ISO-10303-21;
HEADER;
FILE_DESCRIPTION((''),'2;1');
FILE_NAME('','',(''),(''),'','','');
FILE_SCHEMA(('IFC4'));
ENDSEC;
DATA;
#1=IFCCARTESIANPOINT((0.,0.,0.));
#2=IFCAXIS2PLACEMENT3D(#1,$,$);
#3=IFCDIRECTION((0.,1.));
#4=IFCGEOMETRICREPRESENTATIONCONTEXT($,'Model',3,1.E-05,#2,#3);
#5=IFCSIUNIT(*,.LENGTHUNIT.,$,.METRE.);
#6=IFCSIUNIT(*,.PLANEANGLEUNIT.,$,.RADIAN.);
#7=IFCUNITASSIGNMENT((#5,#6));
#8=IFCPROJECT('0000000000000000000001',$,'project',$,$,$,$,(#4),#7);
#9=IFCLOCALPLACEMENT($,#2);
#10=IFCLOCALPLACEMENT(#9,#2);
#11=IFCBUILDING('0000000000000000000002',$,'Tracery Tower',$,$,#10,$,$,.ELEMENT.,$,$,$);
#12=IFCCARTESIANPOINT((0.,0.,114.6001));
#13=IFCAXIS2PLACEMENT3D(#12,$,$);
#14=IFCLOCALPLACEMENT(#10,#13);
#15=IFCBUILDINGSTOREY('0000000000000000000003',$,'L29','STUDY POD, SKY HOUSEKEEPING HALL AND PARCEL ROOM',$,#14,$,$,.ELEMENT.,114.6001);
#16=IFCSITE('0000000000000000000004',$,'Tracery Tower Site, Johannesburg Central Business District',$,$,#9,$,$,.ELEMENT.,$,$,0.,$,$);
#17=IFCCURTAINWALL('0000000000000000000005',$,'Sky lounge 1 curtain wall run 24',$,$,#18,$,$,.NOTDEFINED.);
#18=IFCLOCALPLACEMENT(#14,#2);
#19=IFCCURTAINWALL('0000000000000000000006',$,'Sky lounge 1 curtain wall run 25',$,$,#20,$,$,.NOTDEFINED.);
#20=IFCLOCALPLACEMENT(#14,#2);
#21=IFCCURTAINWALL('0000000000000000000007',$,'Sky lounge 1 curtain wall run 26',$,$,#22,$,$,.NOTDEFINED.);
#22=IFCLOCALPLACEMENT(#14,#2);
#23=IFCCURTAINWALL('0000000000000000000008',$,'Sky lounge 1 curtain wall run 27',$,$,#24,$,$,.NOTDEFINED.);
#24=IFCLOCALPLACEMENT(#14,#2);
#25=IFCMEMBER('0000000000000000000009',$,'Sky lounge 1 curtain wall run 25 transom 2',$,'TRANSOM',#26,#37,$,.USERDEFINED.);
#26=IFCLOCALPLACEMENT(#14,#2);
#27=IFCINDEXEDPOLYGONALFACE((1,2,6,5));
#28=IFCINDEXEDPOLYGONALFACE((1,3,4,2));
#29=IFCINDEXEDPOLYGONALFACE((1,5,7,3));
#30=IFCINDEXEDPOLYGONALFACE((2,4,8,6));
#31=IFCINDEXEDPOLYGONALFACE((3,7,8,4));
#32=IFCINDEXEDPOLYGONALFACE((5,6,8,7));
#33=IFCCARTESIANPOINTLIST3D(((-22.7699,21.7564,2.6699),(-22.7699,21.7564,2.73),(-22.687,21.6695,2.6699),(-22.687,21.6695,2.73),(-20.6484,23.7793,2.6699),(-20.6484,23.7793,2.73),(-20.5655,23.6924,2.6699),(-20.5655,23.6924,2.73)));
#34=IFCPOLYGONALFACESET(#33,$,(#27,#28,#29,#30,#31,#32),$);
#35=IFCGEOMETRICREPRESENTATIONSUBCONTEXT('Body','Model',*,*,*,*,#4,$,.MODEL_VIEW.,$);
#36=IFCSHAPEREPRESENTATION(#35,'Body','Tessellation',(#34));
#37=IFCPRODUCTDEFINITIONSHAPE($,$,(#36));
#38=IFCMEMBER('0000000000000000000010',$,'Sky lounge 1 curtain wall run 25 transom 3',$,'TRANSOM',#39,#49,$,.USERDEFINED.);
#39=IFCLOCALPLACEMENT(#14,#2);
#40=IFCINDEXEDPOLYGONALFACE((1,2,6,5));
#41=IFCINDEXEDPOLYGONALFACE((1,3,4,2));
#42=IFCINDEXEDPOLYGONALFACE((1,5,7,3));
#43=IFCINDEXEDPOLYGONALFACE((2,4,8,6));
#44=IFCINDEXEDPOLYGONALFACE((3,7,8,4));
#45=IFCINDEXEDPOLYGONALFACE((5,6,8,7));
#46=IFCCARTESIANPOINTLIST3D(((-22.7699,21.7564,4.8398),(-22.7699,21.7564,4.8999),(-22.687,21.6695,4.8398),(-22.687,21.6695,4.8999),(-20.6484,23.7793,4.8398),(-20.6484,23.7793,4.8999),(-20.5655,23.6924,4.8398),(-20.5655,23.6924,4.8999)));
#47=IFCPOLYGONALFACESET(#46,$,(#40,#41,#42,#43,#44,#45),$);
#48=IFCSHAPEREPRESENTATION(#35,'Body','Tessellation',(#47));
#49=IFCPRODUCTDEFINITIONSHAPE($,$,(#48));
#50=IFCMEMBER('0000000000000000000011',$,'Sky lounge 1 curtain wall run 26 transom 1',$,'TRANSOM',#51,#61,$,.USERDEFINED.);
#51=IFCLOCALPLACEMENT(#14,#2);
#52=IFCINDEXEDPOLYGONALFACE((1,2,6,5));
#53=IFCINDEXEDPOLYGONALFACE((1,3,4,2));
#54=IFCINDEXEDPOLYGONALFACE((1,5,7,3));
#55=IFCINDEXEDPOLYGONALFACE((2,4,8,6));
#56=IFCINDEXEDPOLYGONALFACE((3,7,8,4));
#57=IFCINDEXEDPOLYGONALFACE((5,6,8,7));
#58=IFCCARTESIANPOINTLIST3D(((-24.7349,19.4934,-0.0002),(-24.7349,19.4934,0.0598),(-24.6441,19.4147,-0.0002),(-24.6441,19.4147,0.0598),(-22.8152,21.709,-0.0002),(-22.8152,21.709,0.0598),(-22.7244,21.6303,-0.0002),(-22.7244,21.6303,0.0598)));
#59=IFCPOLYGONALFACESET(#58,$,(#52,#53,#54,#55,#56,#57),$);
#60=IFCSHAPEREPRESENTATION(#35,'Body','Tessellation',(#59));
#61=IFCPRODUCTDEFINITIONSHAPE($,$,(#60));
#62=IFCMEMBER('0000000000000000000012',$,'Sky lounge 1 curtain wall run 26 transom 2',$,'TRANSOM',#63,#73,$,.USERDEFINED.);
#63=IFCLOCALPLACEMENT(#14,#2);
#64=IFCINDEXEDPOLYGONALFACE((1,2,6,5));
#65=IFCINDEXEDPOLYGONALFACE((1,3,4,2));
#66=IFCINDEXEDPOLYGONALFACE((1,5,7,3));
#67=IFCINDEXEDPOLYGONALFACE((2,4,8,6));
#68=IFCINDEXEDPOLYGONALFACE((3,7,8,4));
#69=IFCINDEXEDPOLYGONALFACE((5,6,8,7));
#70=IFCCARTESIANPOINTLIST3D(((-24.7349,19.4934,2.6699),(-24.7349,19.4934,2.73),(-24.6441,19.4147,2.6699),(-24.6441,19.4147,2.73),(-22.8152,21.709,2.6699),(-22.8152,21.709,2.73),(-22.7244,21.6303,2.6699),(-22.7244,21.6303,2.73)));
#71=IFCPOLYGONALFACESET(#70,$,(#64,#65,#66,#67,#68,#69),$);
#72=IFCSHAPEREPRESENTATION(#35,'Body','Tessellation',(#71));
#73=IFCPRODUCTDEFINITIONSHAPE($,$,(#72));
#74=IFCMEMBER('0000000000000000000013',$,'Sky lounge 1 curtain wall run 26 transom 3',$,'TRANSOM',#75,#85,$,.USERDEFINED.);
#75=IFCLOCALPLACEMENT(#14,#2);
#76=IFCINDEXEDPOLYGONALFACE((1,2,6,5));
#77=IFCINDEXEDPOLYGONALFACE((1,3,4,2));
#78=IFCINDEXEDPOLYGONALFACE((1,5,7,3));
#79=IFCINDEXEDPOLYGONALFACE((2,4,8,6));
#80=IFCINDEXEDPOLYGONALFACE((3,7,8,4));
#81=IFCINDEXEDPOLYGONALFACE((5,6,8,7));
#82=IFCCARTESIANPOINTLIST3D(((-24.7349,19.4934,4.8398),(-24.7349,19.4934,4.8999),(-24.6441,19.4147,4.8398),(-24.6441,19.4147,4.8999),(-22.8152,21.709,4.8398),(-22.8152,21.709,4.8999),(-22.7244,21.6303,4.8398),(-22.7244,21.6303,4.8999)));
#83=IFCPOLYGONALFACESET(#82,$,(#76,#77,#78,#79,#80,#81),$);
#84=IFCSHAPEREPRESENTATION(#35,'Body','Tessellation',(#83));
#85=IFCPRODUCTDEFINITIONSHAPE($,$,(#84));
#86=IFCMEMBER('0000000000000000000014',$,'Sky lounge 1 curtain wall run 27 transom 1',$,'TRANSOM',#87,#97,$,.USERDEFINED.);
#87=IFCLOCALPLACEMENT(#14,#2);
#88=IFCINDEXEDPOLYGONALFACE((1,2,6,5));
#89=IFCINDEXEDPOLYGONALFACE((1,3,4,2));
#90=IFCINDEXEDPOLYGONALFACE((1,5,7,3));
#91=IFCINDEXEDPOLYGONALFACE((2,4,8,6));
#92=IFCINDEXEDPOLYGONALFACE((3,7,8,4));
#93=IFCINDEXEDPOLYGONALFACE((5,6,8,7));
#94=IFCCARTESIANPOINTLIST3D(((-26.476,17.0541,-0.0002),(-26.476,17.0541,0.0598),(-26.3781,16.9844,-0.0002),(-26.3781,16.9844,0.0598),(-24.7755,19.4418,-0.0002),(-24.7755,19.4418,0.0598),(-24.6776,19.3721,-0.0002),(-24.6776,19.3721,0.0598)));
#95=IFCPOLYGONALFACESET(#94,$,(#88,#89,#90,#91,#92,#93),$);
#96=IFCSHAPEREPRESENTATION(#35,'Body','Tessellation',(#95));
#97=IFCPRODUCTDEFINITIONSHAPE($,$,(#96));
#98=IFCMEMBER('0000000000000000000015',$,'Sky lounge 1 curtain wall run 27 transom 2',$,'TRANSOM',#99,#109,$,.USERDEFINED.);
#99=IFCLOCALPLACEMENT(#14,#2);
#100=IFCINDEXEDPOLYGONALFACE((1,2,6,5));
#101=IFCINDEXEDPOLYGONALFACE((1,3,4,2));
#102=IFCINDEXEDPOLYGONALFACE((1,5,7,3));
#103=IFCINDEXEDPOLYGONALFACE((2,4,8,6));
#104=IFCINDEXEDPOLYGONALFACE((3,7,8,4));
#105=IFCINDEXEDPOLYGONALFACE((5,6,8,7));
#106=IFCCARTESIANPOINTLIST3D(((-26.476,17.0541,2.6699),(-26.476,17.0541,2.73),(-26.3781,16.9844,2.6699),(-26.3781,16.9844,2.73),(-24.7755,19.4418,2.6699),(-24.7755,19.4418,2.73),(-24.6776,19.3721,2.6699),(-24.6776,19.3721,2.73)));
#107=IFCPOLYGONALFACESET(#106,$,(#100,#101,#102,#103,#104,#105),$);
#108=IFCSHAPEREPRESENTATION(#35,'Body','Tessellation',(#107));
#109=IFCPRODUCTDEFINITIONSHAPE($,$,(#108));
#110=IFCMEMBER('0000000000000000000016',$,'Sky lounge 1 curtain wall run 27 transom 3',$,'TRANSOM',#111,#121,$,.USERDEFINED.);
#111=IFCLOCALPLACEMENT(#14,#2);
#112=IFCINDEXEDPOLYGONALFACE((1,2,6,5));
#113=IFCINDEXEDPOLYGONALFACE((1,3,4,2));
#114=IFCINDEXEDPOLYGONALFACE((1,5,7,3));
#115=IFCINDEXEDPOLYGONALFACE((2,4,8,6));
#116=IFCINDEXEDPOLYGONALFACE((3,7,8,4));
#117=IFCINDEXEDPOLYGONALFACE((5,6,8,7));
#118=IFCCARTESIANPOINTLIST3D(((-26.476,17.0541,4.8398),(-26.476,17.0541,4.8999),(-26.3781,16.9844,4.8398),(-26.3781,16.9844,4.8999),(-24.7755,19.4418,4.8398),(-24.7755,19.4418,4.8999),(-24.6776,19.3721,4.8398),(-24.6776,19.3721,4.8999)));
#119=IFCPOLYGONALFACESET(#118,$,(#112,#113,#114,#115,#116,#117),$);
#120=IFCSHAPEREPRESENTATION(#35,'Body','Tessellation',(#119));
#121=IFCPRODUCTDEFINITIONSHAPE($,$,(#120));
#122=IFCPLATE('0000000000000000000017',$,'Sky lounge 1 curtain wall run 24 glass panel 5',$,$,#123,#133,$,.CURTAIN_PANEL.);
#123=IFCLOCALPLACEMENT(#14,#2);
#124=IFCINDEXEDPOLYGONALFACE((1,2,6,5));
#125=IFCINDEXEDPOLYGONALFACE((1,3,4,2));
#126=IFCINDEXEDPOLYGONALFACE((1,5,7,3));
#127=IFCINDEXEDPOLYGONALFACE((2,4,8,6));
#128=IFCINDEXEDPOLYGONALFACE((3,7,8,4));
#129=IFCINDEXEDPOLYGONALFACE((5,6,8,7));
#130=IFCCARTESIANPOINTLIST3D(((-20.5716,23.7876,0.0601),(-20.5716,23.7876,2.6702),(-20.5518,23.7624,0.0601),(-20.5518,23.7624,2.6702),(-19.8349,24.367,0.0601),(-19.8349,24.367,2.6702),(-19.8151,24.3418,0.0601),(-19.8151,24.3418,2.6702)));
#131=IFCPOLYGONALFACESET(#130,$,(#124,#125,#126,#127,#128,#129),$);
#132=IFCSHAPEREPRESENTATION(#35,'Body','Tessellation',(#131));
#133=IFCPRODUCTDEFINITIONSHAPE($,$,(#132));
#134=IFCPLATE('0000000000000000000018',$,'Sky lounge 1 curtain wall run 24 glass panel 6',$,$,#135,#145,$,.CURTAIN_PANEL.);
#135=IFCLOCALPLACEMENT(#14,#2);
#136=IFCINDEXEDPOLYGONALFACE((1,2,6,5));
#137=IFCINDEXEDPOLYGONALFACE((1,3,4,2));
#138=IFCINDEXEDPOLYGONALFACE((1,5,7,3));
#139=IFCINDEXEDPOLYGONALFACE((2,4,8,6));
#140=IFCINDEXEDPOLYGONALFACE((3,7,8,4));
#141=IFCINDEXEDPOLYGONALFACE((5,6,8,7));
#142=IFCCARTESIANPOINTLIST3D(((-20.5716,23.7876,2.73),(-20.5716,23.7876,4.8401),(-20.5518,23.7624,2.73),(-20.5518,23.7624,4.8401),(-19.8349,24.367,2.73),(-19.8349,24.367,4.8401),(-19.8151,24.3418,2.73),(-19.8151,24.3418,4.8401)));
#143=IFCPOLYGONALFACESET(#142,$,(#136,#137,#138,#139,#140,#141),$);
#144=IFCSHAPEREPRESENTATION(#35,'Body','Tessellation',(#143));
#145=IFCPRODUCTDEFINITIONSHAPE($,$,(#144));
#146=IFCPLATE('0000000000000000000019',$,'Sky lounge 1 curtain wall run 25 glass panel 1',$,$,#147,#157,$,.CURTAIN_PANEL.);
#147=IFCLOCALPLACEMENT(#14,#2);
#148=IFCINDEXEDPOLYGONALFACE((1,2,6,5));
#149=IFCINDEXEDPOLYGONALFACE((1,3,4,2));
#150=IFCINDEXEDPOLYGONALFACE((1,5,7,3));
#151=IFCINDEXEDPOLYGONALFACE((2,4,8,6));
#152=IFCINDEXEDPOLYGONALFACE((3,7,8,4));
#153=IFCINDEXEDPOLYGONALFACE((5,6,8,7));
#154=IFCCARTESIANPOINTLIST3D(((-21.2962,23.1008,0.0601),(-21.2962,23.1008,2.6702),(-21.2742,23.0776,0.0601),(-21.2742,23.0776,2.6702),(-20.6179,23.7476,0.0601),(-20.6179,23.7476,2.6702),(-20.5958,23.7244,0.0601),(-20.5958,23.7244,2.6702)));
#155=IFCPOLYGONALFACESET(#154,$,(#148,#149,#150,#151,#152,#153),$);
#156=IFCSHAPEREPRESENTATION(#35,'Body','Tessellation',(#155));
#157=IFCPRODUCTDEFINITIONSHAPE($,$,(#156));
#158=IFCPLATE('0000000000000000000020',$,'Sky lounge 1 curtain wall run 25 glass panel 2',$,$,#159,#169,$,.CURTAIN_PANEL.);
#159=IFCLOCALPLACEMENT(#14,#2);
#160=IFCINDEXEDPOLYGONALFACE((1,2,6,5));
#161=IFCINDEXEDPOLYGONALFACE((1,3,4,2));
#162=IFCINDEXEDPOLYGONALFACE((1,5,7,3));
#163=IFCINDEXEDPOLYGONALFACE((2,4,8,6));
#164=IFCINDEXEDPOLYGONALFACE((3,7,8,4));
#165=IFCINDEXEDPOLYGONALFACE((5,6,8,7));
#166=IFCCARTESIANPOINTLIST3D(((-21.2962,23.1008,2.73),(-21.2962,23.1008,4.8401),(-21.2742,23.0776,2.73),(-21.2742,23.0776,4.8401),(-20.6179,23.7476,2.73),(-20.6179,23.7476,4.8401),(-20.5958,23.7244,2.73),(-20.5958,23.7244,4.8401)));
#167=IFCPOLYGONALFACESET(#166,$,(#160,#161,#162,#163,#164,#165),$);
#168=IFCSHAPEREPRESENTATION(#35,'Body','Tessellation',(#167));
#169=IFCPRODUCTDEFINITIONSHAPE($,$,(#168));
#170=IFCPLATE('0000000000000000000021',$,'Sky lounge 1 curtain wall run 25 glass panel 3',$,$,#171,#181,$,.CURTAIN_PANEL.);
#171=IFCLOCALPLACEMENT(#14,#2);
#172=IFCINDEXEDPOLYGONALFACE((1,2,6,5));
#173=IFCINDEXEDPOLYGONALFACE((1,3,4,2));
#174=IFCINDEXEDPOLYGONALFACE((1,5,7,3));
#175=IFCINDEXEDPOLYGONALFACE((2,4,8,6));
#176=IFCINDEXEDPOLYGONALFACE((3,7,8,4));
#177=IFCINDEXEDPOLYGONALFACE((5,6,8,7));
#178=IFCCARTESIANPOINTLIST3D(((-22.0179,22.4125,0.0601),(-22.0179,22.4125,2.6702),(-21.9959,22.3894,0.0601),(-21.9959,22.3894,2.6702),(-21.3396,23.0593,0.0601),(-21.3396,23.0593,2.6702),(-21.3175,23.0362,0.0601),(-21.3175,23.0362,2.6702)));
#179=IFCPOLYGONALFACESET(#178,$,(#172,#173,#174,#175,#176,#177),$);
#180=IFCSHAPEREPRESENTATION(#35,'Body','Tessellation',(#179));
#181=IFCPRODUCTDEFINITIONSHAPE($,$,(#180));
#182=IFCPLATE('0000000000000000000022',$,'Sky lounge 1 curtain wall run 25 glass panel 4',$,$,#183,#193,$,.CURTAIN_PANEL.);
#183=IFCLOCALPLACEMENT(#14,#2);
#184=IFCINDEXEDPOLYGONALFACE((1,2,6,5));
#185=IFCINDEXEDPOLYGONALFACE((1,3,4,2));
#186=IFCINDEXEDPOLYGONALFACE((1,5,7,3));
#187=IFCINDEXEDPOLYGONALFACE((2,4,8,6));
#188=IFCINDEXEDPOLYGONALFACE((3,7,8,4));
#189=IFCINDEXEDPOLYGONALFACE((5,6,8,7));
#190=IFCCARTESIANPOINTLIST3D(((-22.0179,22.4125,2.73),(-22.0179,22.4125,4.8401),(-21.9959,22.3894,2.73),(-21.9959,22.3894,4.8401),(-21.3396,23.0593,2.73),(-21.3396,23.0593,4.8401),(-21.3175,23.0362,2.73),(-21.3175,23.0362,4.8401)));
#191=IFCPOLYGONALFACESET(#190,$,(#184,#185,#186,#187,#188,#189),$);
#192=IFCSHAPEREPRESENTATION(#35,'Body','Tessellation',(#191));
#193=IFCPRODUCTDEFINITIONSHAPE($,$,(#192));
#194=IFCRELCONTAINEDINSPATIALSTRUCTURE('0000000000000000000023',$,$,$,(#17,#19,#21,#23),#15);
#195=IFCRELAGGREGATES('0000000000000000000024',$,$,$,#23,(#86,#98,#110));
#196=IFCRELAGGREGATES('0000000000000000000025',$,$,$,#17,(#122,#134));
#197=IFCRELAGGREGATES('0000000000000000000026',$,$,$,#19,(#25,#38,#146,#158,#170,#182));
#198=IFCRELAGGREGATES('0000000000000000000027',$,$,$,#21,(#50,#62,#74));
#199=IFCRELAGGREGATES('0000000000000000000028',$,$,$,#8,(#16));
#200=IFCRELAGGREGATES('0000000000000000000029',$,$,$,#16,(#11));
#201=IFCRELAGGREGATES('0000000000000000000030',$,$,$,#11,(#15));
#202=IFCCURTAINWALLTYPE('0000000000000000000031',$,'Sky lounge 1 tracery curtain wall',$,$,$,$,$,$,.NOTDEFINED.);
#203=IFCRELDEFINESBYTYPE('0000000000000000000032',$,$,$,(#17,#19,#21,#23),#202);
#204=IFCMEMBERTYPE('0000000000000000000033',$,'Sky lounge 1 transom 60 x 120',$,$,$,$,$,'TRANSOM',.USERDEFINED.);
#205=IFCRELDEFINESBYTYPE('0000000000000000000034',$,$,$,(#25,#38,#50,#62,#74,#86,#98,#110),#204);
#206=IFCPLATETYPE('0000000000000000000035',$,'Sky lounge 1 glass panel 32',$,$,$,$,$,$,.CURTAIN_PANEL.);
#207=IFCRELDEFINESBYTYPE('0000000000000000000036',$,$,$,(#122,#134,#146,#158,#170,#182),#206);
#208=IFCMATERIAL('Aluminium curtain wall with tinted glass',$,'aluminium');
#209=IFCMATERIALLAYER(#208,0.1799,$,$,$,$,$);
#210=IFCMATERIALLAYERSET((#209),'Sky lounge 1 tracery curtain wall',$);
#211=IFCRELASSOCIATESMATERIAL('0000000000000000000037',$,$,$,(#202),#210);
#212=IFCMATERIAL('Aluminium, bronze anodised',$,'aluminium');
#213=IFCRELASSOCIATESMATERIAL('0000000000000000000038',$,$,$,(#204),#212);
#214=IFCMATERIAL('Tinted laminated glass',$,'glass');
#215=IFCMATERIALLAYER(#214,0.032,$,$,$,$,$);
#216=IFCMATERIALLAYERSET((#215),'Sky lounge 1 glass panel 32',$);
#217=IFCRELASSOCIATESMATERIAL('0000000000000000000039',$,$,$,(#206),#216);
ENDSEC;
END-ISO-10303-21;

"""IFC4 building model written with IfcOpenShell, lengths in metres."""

from ifc_helpers import new_model, si_unit, direction, frame, origin, origin_2d, place, context, subcontext, project, spatial, rectangle, extrude, material, layer, layer_set, material_profile, profile_set, type_object, element, aggregate, save


model = new_model("IFC4")

# Units and contexts
model_context = context("Model", 3, precision=1e-05, world=origin(), true_north=direction((0.0, 1.0)))
body_context = subcontext(model_context, "Body", "Model", "MODEL_VIEW")
ifc_project = project(units=[si_unit("LENGTHUNIT", "METRE"), si_unit("PLANEANGLEUNIT", "RADIAN")], contexts=[model_context])

# Site, building, storey
site_placement = place(None, origin())
site = spatial("IfcSite", under=ifc_project, at=site_placement, Name="Tracery Tower Site, Johannesburg Central Business District", CompositionType="ELEMENT", RefElevation=0.0)
building_placement = place(site_placement, origin())
building = spatial("IfcBuilding", under=site, at=building_placement, Name="Tracery Tower", CompositionType="ELEMENT")
storey_placement = place(building_placement, frame((0.0, 0.0, 114.6001)))
storey = spatial("IfcBuildingStorey", under=building, at=storey_placement, Name="L29", Description="STUDY POD, SKY HOUSEKEEPING HALL AND PARCEL ROOM", CompositionType="ELEMENT", Elevation=114.6001)

# Curtain wall
ifc_material_1 = material(Name="Aluminium curtain wall with tinted glass", Category="aluminium")
ifc_layer_1 = layer(ifc_material_1, 0.1799)
ifc_layer_set_1 = layer_set([ifc_layer_1], Name="Sky lounge 1 tracery curtain wall")
curtain_wall_type = type_object("IfcCurtainWallType", Name="Sky lounge 1 tracery curtain wall", PredefinedType="NOTDEFINED", material=ifc_layer_set_1)
curtain_wall_1_placement = place(storey_placement, origin())
curtain_wall_1 = element("IfcCurtainWall", 1, at=curtain_wall_1_placement, inside=storey, type_object=curtain_wall_type, Name="Sky lounge 1 curtain wall run 24", PredefinedType="NOTDEFINED")

# Curtain walls
curtain_wall_2_placement = place(storey_placement, origin())
curtain_wall_2 = element("IfcCurtainWall", 2, at=curtain_wall_2_placement, inside=storey, type_object=curtain_wall_type, Name="Sky lounge 1 curtain wall run 25", PredefinedType="NOTDEFINED")
curtain_wall_3_placement = place(storey_placement, origin())
curtain_wall_3 = element("IfcCurtainWall", 3, at=curtain_wall_3_placement, inside=storey, type_object=curtain_wall_type, Name="Sky lounge 1 curtain wall run 26", PredefinedType="NOTDEFINED")

# Curtain wall
curtain_wall_4_placement = place(storey_placement, origin())
curtain_wall_4 = element("IfcCurtainWall", 4, at=curtain_wall_4_placement, inside=storey, type_object=curtain_wall_type, Name="Sky lounge 1 curtain wall run 27", PredefinedType="NOTDEFINED")

# Members
ifc_material_2 = material(Name="Aluminium, bronze anodised", Category="aluminium")
ifc_material_profile_1 = material_profile(ifc_material_2, rectangle(XDim=0.1201, YDim=0.0601, at=origin_2d()), Name="AL 60x120")
ifc_profile_set_1 = profile_set([ifc_material_profile_1], Name="Aluminium, bronze anodised")
member_type_1 = type_object("IfcMemberType", Name="Sky lounge 1 transom 60 x 120", ElementType="TRANSOM", PredefinedType="USERDEFINED", material=ifc_profile_set_1)
member_1_placement = place(storey_placement, frame((-20.6069, 23.7358, 2.7), z_axis=(-0.72373, -0.690083, 0.0), x_axis=(0.690083, -0.72373, 0.0)))
member_1 = element("IfcMember", 5, at=member_1_placement, type_object=member_type_1, Name="Sky lounge 1 curtain wall run 25 transom 2", ObjectType="TRANSOM", PredefinedType="USERDEFINED", context=body_context, shape_type="SweptSolid", body=[
    extrude(rectangle(XDim=0.1201, YDim=0.0601, at=origin_2d()), origin(), (0.0, 0.0, 1.0), 2.9314),
])
member_2_placement = place(storey_placement, frame((-20.6069, 23.7358, 4.8699), z_axis=(-0.72373, -0.690083, 0.0), x_axis=(0.690083, -0.72373, 0.0)))
member_2 = element("IfcMember", 6, at=member_2_placement, type_object=member_type_1, Name="Sky lounge 1 curtain wall run 25 transom 3", ObjectType="TRANSOM", PredefinedType="USERDEFINED", context=body_context, shape_type="SweptSolid", body=[
    extrude(rectangle(XDim=0.1201, YDim=0.0601, at=origin_2d()), origin(), (0.0, 0.0, 1.0), 2.9314),
])
member_3_placement = place(storey_placement, frame((-22.7698, 21.6697, 0.0298), z_axis=(-0.654835, -0.755772, 0.0), x_axis=(0.755772, -0.654835, 0.0)))
member_3 = element("IfcMember", 7, at=member_3_placement, type_object=member_type_1, Name="Sky lounge 1 curtain wall run 26 transom 1", ObjectType="TRANSOM", PredefinedType="USERDEFINED", context=body_context, shape_type="SweptSolid", body=[
    extrude(rectangle(XDim=0.1201, YDim=0.0601, at=origin_2d()), origin(), (0.0, 0.0, 1.0), 2.9316),
])
member_4_placement = place(storey_placement, frame((-22.7698, 21.6697, 2.7), z_axis=(-0.654835, -0.755772, 0.0), x_axis=(0.755772, -0.654835, 0.0)))
member_4 = element("IfcMember", 8, at=member_4_placement, type_object=member_type_1, Name="Sky lounge 1 curtain wall run 26 transom 2", ObjectType="TRANSOM", PredefinedType="USERDEFINED", context=body_context, shape_type="SweptSolid", body=[
    extrude(rectangle(XDim=0.1201, YDim=0.0601, at=origin_2d()), origin(), (0.0, 0.0, 1.0), 2.9316),
])
member_5_placement = place(storey_placement, frame((-22.7698, 21.6697, 4.8699), z_axis=(-0.654835, -0.755772, 0.0), x_axis=(0.755772, -0.654835, 0.0)))
member_5 = element("IfcMember", 9, at=member_5_placement, type_object=member_type_1, Name="Sky lounge 1 curtain wall run 26 transom 3", ObjectType="TRANSOM", PredefinedType="USERDEFINED", context=body_context, shape_type="SweptSolid", body=[
    extrude(rectangle(XDim=0.1201, YDim=0.0601, at=origin_2d()), origin(), (0.0, 0.0, 1.0), 2.9316),
])
member_6_placement = place(storey_placement, frame((-24.7266, 19.407, 0.0298), z_axis=(-0.580095, -0.814549, 0.0), x_axis=(0.814549, -0.580095, 0.0)))
member_6 = element("IfcMember", 10, at=member_6_placement, type_object=member_type_1, Name="Sky lounge 1 curtain wall run 27 transom 1", ObjectType="TRANSOM", PredefinedType="USERDEFINED", context=body_context, shape_type="SweptSolid", body=[
    extrude(rectangle(XDim=0.1201, YDim=0.0601, at=origin_2d()), origin(), (0.0, 0.0, 1.0), 2.9314),
])
member_7_placement = place(storey_placement, frame((-24.7266, 19.407, 2.7), z_axis=(-0.580095, -0.814549, 0.0), x_axis=(0.814549, -0.580095, 0.0)))
member_7 = element("IfcMember", 11, at=member_7_placement, type_object=member_type_1, Name="Sky lounge 1 curtain wall run 27 transom 2", ObjectType="TRANSOM", PredefinedType="USERDEFINED", context=body_context, shape_type="SweptSolid", body=[
    extrude(rectangle(XDim=0.1201, YDim=0.0601, at=origin_2d()), origin(), (0.0, 0.0, 1.0), 2.9314),
])
member_8_placement = place(storey_placement, frame((-24.7266, 19.407, 4.8699), z_axis=(-0.580095, -0.814549, 0.0), x_axis=(0.814549, -0.580095, 0.0)))
member_8 = element("IfcMember", 12, at=member_8_placement, type_object=member_type_1, Name="Sky lounge 1 curtain wall run 27 transom 3", ObjectType="TRANSOM", PredefinedType="USERDEFINED", context=body_context, shape_type="SweptSolid", body=[
    extrude(rectangle(XDim=0.1201, YDim=0.0601, at=origin_2d()), origin(), (0.0, 0.0, 1.0), 2.9314),
])
aggregate(curtain_wall_4, [member_6, member_7, member_8])

# Plates
ifc_material_3 = material(Name="Tinted laminated glass", Category="glass")
ifc_layer_2 = layer(ifc_material_3, 0.032)
ifc_layer_set_2 = layer_set([ifc_layer_2], Name="Sky lounge 1 glass panel 32")
plate_type = type_object("IfcPlateType", Name="Sky lounge 1 glass panel 32", PredefinedType="CURTAIN_PANEL", material=ifc_layer_set_2)
plate_1_placement = place(storey_placement, frame((-20.1934, 24.0647, 0.0601), z_axis=(0.0, 0.0, 1.0), x_axis=(-0.786053, -0.618159, 0.0)))
plate_1 = element("IfcPlate", 13, at=plate_1_placement, type_object=plate_type, Name="Sky lounge 1 curtain wall run 24 glass panel 5", PredefinedType="CURTAIN_PANEL", context=body_context, shape_type="SweptSolid", body=[
    extrude(rectangle(XDim=0.9373, YDim=0.032, at=origin_2d()), origin(), (0.0, 0.0, 1.0), 2.6101),
])
plate_2_placement = place(storey_placement, frame((-20.1934, 24.0647, 2.73), z_axis=(0.0, 0.0, 1.0), x_axis=(-0.786053, -0.618159, 0.0)))
plate_2 = element("IfcPlate", 14, at=plate_2_placement, type_object=plate_type, Name="Sky lounge 1 curtain wall run 24 glass panel 6", PredefinedType="CURTAIN_PANEL", context=body_context, shape_type="SweptSolid", body=[
    extrude(rectangle(XDim=0.9373, YDim=0.032, at=origin_2d()), origin(), (0.0, 0.0, 1.0), 2.1101),
])
aggregate(curtain_wall_1, [plate_1, plate_2])
plate_3_placement = place(storey_placement, frame((-20.946, 23.4126, 0.0601), z_axis=(0.0, 0.0, 1.0), x_axis=(-0.723734, -0.690079, 0.0)))
plate_3 = element("IfcPlate", 15, at=plate_3_placement, type_object=plate_type, Name="Sky lounge 1 curtain wall run 25 glass panel 1", PredefinedType="CURTAIN_PANEL", context=body_context, shape_type="SweptSolid", body=[
    extrude(rectangle(XDim=0.9373, YDim=0.032, at=origin_2d()), origin(), (0.0, 0.0, 1.0), 2.6101),
])
plate_4_placement = place(storey_placement, frame((-20.946, 23.4126, 2.73), z_axis=(0.0, 0.0, 1.0), x_axis=(-0.723734, -0.690079, 0.0)))
plate_4 = element("IfcPlate", 16, at=plate_4_placement, type_object=plate_type, Name="Sky lounge 1 curtain wall run 25 glass panel 2", PredefinedType="CURTAIN_PANEL", context=body_context, shape_type="SweptSolid", body=[
    extrude(rectangle(XDim=0.9373, YDim=0.032, at=origin_2d()), origin(), (0.0, 0.0, 1.0), 2.1101),
])
plate_5_placement = place(storey_placement, frame((-21.6677, 22.7244, 0.0601), z_axis=(0.0, 0.0, 1.0), x_axis=(-0.723734, -0.690079, 0.0)))
plate_5 = element("IfcPlate", 17, at=plate_5_placement, type_object=plate_type, Name="Sky lounge 1 curtain wall run 25 glass panel 3", PredefinedType="CURTAIN_PANEL", context=body_context, shape_type="SweptSolid", body=[
    extrude(rectangle(XDim=0.9373, YDim=0.032, at=origin_2d()), origin(), (0.0, 0.0, 1.0), 2.6101),
])
plate_6_placement = place(storey_placement, frame((-21.6677, 22.7244, 2.73), z_axis=(0.0, 0.0, 1.0), x_axis=(-0.723734, -0.690079, 0.0)))
plate_6 = element("IfcPlate", 18, at=plate_6_placement, type_object=plate_type, Name="Sky lounge 1 curtain wall run 25 glass panel 4", PredefinedType="CURTAIN_PANEL", context=body_context, shape_type="SweptSolid", body=[
    extrude(rectangle(XDim=0.9373, YDim=0.032, at=origin_2d()), origin(), (0.0, 0.0, 1.0), 2.1101),
])
aggregate(curtain_wall_2, [member_1, member_2, plate_3, plate_4, plate_5, plate_6])
aggregate(curtain_wall_3, [member_3, member_4, member_5])

save(model, "model.ifc")
